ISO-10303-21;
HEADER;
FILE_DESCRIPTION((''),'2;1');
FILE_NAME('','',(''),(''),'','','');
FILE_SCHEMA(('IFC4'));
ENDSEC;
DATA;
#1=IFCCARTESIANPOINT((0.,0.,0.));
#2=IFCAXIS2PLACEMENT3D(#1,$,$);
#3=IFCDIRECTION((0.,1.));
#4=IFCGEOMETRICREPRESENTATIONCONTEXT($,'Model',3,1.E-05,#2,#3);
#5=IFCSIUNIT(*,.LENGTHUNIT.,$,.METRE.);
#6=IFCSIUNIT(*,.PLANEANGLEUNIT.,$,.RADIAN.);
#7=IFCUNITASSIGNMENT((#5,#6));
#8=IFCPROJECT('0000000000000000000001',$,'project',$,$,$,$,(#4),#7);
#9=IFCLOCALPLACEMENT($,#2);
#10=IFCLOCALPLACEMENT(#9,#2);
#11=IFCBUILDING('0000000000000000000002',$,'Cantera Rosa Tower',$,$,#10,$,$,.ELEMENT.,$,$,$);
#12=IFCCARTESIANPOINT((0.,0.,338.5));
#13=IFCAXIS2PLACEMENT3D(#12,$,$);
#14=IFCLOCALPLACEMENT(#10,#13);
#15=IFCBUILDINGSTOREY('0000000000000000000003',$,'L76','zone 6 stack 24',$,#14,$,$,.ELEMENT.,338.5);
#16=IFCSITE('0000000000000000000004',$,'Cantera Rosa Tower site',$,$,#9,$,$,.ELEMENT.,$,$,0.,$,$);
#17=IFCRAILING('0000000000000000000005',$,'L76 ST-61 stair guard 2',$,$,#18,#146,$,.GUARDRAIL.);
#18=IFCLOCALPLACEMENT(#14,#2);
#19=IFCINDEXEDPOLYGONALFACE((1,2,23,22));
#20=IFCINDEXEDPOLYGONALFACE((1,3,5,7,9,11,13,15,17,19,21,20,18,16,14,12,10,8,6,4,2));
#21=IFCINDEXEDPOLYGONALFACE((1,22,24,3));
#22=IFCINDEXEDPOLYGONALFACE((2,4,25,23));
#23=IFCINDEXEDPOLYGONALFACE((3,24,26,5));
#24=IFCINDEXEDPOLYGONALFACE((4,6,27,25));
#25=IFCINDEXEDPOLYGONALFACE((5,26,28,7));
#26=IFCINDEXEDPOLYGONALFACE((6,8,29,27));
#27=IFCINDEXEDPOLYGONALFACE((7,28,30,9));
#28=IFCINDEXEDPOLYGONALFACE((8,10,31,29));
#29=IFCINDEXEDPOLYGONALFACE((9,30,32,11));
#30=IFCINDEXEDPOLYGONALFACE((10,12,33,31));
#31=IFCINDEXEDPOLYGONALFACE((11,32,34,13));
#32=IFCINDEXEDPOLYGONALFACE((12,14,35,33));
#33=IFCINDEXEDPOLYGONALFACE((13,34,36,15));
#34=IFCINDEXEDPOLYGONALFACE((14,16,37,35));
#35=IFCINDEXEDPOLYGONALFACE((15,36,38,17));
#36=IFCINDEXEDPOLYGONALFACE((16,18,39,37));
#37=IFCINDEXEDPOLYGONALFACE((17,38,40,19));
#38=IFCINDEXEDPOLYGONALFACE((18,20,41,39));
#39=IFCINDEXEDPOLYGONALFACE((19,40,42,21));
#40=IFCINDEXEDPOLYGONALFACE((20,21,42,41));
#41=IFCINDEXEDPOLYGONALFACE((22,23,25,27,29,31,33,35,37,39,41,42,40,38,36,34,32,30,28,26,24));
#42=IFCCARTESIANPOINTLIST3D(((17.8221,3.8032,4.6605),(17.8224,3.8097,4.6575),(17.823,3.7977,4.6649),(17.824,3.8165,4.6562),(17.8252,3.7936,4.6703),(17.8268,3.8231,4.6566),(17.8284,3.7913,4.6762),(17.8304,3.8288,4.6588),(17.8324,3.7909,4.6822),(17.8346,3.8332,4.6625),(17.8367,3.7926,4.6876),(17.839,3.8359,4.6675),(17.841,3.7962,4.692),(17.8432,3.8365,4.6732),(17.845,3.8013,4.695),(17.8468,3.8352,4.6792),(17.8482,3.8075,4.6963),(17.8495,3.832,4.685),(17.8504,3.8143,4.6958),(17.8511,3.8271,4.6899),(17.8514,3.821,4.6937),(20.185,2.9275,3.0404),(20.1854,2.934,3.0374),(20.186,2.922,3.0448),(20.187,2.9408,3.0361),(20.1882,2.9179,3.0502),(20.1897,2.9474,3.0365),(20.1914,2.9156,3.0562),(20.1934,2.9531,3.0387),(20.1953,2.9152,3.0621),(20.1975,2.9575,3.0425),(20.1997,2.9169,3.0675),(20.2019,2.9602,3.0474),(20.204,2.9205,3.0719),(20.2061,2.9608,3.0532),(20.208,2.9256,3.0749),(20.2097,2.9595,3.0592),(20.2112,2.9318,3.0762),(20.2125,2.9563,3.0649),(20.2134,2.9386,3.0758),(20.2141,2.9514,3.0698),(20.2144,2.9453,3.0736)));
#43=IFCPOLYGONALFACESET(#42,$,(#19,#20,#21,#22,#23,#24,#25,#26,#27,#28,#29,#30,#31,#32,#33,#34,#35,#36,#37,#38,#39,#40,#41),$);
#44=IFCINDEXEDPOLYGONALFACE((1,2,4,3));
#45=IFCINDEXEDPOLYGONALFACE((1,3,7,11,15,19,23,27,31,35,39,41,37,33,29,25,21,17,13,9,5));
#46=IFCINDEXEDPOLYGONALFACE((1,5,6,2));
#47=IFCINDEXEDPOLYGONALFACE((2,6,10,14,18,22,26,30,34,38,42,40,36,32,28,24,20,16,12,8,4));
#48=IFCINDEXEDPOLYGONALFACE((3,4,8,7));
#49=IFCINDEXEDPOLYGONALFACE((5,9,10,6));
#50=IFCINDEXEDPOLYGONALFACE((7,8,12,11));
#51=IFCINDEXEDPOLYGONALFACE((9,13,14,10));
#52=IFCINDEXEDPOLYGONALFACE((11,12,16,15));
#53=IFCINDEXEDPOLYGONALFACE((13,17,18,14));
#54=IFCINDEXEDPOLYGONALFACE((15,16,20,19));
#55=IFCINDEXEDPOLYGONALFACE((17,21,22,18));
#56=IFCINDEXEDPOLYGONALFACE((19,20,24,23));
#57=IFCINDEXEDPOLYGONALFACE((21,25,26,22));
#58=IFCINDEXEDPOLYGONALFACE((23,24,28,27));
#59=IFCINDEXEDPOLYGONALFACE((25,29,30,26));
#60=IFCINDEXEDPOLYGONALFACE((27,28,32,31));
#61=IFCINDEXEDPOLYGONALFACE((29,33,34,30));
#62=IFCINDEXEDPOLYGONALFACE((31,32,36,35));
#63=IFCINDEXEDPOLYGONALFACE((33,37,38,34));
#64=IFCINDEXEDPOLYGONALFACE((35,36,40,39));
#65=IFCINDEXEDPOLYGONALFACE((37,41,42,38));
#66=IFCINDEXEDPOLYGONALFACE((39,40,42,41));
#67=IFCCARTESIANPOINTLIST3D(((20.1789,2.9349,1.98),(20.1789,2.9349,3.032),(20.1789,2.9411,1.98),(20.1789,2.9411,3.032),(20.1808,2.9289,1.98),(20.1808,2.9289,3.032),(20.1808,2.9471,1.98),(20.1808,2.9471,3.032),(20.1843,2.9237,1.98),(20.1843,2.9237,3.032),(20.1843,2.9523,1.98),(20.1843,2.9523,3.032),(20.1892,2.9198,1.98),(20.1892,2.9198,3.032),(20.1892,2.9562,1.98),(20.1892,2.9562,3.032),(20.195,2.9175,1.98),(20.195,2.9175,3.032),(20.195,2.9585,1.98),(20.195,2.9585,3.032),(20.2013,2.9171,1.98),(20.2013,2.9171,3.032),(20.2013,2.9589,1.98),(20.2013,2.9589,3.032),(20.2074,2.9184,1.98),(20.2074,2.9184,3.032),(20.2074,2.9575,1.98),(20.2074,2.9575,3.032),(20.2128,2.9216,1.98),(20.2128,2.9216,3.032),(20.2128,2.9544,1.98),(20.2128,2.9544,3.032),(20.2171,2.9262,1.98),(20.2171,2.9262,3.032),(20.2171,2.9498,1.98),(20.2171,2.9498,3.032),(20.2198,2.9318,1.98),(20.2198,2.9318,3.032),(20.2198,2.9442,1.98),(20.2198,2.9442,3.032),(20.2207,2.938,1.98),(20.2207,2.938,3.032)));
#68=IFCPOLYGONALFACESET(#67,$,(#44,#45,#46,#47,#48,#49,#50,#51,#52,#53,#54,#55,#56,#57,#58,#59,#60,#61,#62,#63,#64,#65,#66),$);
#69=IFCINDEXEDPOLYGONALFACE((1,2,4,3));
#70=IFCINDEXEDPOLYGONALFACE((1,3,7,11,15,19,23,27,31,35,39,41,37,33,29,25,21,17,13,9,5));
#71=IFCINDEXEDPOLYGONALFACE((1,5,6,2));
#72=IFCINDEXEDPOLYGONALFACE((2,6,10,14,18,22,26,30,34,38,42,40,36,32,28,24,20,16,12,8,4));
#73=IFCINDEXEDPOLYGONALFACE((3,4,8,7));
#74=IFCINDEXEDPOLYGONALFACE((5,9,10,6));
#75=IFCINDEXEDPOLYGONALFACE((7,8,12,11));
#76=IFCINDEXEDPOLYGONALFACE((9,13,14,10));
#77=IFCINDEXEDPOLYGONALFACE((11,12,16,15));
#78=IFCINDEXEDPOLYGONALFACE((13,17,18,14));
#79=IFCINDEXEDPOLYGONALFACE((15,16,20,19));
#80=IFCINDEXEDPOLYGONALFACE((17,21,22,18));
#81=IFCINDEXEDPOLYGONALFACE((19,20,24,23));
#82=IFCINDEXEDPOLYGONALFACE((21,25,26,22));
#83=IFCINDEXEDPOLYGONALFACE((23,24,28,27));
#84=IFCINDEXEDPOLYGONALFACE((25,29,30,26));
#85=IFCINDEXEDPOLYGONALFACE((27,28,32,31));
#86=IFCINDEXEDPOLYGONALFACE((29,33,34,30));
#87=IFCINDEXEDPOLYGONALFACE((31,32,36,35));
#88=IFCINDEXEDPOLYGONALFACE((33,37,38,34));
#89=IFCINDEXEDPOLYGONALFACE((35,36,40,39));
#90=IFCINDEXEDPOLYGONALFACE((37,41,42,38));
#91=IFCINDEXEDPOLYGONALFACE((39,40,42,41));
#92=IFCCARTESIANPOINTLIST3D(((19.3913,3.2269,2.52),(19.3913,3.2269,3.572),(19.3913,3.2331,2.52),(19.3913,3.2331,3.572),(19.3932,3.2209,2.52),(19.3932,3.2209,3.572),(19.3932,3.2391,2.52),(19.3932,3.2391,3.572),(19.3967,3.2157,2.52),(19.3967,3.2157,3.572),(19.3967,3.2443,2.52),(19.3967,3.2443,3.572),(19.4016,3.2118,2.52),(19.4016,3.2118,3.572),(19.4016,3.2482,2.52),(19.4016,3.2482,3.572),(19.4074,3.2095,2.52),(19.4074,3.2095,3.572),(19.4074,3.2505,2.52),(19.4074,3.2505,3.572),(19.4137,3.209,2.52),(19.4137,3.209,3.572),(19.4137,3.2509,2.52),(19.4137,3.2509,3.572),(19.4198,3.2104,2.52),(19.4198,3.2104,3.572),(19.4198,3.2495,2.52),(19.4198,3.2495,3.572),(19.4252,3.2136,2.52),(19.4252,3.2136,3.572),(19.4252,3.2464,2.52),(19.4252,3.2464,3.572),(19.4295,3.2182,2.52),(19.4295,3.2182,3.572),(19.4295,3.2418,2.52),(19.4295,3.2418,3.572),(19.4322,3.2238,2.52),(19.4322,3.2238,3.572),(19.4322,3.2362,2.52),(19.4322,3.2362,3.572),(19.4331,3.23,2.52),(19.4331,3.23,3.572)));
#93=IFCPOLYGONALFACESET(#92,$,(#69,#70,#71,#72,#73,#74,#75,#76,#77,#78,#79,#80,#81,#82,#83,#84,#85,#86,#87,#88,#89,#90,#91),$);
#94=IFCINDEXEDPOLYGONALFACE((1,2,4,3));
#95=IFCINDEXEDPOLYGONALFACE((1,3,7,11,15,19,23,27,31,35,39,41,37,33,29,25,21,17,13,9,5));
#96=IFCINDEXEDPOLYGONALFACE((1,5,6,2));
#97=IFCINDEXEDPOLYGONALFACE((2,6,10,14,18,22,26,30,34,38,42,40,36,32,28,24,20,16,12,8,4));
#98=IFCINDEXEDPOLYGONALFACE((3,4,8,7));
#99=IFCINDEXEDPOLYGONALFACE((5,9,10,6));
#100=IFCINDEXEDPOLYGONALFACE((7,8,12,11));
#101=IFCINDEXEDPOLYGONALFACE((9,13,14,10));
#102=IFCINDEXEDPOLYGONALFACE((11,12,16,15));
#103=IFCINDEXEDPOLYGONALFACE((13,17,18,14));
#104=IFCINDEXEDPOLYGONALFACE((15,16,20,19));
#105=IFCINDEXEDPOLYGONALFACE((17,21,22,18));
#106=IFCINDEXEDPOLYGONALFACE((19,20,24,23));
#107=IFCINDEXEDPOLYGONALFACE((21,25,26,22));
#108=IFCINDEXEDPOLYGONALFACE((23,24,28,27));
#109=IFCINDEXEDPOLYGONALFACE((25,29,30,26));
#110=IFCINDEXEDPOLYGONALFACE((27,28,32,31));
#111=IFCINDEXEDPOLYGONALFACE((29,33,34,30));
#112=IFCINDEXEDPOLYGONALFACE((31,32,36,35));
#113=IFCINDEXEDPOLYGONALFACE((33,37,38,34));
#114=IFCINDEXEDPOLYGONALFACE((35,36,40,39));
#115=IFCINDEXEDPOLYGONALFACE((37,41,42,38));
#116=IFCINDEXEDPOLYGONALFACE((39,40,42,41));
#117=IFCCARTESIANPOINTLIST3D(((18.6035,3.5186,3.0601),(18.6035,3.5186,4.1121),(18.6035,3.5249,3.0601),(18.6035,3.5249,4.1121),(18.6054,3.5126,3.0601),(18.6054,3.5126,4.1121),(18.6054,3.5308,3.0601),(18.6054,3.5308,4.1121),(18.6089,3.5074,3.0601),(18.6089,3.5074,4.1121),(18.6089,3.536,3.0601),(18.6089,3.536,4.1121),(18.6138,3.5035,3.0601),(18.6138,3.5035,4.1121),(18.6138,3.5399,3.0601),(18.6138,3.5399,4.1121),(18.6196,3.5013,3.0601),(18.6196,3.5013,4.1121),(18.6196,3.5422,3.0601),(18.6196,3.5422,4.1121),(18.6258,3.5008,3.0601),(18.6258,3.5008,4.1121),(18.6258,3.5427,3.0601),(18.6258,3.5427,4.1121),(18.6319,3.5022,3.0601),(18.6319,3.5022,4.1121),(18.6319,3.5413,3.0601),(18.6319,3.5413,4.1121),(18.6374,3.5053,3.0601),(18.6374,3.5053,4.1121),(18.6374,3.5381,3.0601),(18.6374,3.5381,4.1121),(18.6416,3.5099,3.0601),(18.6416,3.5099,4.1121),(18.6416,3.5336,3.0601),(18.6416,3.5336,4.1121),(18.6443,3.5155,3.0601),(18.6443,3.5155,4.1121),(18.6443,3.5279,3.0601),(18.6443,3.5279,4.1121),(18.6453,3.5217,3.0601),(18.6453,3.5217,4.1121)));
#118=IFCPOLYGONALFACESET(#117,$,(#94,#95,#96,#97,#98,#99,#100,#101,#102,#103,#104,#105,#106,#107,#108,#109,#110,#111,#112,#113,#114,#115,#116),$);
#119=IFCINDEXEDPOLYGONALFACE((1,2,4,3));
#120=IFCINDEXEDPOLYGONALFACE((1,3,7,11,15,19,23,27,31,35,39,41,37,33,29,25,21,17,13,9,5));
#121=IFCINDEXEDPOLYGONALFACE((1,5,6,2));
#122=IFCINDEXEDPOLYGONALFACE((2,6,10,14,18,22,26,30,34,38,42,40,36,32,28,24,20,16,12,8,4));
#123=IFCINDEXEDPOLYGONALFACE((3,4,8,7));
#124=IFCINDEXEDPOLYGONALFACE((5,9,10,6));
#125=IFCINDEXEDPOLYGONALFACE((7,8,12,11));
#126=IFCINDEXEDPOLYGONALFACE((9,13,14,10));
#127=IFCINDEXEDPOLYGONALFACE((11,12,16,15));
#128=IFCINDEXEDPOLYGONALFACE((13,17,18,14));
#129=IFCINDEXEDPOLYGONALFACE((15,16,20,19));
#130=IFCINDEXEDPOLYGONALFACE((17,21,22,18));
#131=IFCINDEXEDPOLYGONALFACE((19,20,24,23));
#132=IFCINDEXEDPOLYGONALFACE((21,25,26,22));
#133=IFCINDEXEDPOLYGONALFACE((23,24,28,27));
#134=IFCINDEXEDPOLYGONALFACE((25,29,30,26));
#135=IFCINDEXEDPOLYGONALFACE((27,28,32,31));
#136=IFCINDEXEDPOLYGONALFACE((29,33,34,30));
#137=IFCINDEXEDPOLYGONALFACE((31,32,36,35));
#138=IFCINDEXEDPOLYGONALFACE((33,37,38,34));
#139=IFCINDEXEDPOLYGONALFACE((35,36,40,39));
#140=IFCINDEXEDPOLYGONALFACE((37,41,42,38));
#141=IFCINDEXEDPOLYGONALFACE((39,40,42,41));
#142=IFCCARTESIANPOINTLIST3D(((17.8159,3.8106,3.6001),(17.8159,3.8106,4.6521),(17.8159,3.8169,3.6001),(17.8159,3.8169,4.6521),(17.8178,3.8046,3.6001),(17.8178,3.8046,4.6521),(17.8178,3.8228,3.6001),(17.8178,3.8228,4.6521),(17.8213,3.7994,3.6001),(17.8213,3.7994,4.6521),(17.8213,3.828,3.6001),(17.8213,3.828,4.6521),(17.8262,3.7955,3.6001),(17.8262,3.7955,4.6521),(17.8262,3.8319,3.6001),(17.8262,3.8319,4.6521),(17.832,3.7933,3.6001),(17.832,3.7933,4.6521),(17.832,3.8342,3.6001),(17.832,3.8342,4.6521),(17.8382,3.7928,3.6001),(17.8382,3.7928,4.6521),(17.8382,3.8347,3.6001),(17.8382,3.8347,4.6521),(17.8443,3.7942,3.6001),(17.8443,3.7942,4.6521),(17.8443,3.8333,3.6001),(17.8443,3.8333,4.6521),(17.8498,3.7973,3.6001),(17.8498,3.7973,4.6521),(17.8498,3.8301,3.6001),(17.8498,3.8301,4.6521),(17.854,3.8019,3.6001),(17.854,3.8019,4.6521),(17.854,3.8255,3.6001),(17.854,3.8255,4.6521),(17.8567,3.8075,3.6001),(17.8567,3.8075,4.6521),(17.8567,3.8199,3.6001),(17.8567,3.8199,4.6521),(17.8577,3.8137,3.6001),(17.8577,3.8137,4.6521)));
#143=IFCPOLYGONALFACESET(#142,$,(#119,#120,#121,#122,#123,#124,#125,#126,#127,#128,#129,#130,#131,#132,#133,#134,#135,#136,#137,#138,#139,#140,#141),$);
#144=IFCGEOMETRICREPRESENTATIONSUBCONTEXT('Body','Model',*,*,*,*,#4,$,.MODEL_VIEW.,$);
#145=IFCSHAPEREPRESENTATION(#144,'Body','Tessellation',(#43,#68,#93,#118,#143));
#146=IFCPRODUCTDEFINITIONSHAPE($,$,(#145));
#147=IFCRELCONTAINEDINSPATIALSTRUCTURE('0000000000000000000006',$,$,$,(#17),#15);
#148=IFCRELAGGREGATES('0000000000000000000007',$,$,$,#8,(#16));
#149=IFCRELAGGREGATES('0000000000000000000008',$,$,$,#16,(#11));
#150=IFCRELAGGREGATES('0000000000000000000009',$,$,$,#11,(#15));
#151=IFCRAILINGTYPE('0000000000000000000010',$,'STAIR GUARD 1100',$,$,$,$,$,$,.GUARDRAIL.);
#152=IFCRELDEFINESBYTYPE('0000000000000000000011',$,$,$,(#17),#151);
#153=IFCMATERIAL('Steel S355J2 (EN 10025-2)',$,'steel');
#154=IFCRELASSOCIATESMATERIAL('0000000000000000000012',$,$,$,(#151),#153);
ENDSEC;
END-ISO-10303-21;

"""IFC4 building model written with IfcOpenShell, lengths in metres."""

from ifc_helpers import new_model, si_unit, direction, frame, origin, origin_2d, place, context, subcontext, project, spatial, circle, extrude, material, type_object, element, save


model = new_model("IFC4")

# Units and contexts
model_context = context("Model", 3, precision=1e-05, world=origin(), true_north=direction((0.0, 1.0)))
body_context = subcontext(model_context, "Body", "Model", "MODEL_VIEW")
ifc_project = project(units=[si_unit("LENGTHUNIT", "METRE"), si_unit("PLANEANGLEUNIT", "RADIAN")], contexts=[model_context])

# Site, building, storey
site_placement = place(None, origin())
site = spatial("IfcSite", under=ifc_project, at=site_placement, Name="Cantera Rosa Tower site", CompositionType="ELEMENT", RefElevation=0.0)
building_placement = place(site_placement, origin())
building = spatial("IfcBuilding", under=site, at=building_placement, Name="Cantera Rosa Tower", CompositionType="ELEMENT")
storey_placement = place(building_placement, frame((0.0, 0.0, 338.5)))
storey = spatial("IfcBuildingStorey", under=building, at=storey_placement, Name="L76", Description="zone 6 stack 24", CompositionType="ELEMENT", Elevation=338.5)

# Railing
ifc_material_1 = material(Name="Steel S355J2 (EN 10025-2)", Category="steel")
railing_type_1 = type_object("IfcRailingType", Name="STAIR GUARD 1100", PredefinedType="GUARDRAIL", material=ifc_material_1)
railing_1_placement = place(storey_placement, frame((20.1997, 2.938, 1.98)))
element("IfcRailing", 1, at=railing_1_placement, inside=storey, type_object=railing_type_1, Name="L76 ST-61 stair guard 2", PredefinedType="GUARDRAIL", context=body_context, shape_type="SweptSolid", body=[
    extrude(circle(Radius=0.0239, at=origin_2d()), frame((0.0, 0.0, 1.0762), z_axis=(-0.788748, 0.292307, 0.540772), x_axis=(-0.347501, -0.93768, 0.0)), (0.0, 0.0, 1.0), 2.9958),
    extrude(circle(Radius=0.021, at=origin_2d()), origin(), (0.0, 0.0, 1.0), 1.052),
    extrude(circle(Radius=0.021, at=origin_2d()), frame((-0.7876, 0.292, 0.54)), (0.0, 0.0, 1.0), 1.052),
    extrude(circle(Radius=0.021, at=origin_2d()), frame((-1.5754, 0.5837, 1.0801)), (0.0, 0.0, 1.0), 1.052),
    extrude(circle(Radius=0.021, at=origin_2d()), frame((-2.363, 0.8757, 1.6201)), (0.0, 0.0, 1.0), 1.052),
])

save(model, "model.ifc")
